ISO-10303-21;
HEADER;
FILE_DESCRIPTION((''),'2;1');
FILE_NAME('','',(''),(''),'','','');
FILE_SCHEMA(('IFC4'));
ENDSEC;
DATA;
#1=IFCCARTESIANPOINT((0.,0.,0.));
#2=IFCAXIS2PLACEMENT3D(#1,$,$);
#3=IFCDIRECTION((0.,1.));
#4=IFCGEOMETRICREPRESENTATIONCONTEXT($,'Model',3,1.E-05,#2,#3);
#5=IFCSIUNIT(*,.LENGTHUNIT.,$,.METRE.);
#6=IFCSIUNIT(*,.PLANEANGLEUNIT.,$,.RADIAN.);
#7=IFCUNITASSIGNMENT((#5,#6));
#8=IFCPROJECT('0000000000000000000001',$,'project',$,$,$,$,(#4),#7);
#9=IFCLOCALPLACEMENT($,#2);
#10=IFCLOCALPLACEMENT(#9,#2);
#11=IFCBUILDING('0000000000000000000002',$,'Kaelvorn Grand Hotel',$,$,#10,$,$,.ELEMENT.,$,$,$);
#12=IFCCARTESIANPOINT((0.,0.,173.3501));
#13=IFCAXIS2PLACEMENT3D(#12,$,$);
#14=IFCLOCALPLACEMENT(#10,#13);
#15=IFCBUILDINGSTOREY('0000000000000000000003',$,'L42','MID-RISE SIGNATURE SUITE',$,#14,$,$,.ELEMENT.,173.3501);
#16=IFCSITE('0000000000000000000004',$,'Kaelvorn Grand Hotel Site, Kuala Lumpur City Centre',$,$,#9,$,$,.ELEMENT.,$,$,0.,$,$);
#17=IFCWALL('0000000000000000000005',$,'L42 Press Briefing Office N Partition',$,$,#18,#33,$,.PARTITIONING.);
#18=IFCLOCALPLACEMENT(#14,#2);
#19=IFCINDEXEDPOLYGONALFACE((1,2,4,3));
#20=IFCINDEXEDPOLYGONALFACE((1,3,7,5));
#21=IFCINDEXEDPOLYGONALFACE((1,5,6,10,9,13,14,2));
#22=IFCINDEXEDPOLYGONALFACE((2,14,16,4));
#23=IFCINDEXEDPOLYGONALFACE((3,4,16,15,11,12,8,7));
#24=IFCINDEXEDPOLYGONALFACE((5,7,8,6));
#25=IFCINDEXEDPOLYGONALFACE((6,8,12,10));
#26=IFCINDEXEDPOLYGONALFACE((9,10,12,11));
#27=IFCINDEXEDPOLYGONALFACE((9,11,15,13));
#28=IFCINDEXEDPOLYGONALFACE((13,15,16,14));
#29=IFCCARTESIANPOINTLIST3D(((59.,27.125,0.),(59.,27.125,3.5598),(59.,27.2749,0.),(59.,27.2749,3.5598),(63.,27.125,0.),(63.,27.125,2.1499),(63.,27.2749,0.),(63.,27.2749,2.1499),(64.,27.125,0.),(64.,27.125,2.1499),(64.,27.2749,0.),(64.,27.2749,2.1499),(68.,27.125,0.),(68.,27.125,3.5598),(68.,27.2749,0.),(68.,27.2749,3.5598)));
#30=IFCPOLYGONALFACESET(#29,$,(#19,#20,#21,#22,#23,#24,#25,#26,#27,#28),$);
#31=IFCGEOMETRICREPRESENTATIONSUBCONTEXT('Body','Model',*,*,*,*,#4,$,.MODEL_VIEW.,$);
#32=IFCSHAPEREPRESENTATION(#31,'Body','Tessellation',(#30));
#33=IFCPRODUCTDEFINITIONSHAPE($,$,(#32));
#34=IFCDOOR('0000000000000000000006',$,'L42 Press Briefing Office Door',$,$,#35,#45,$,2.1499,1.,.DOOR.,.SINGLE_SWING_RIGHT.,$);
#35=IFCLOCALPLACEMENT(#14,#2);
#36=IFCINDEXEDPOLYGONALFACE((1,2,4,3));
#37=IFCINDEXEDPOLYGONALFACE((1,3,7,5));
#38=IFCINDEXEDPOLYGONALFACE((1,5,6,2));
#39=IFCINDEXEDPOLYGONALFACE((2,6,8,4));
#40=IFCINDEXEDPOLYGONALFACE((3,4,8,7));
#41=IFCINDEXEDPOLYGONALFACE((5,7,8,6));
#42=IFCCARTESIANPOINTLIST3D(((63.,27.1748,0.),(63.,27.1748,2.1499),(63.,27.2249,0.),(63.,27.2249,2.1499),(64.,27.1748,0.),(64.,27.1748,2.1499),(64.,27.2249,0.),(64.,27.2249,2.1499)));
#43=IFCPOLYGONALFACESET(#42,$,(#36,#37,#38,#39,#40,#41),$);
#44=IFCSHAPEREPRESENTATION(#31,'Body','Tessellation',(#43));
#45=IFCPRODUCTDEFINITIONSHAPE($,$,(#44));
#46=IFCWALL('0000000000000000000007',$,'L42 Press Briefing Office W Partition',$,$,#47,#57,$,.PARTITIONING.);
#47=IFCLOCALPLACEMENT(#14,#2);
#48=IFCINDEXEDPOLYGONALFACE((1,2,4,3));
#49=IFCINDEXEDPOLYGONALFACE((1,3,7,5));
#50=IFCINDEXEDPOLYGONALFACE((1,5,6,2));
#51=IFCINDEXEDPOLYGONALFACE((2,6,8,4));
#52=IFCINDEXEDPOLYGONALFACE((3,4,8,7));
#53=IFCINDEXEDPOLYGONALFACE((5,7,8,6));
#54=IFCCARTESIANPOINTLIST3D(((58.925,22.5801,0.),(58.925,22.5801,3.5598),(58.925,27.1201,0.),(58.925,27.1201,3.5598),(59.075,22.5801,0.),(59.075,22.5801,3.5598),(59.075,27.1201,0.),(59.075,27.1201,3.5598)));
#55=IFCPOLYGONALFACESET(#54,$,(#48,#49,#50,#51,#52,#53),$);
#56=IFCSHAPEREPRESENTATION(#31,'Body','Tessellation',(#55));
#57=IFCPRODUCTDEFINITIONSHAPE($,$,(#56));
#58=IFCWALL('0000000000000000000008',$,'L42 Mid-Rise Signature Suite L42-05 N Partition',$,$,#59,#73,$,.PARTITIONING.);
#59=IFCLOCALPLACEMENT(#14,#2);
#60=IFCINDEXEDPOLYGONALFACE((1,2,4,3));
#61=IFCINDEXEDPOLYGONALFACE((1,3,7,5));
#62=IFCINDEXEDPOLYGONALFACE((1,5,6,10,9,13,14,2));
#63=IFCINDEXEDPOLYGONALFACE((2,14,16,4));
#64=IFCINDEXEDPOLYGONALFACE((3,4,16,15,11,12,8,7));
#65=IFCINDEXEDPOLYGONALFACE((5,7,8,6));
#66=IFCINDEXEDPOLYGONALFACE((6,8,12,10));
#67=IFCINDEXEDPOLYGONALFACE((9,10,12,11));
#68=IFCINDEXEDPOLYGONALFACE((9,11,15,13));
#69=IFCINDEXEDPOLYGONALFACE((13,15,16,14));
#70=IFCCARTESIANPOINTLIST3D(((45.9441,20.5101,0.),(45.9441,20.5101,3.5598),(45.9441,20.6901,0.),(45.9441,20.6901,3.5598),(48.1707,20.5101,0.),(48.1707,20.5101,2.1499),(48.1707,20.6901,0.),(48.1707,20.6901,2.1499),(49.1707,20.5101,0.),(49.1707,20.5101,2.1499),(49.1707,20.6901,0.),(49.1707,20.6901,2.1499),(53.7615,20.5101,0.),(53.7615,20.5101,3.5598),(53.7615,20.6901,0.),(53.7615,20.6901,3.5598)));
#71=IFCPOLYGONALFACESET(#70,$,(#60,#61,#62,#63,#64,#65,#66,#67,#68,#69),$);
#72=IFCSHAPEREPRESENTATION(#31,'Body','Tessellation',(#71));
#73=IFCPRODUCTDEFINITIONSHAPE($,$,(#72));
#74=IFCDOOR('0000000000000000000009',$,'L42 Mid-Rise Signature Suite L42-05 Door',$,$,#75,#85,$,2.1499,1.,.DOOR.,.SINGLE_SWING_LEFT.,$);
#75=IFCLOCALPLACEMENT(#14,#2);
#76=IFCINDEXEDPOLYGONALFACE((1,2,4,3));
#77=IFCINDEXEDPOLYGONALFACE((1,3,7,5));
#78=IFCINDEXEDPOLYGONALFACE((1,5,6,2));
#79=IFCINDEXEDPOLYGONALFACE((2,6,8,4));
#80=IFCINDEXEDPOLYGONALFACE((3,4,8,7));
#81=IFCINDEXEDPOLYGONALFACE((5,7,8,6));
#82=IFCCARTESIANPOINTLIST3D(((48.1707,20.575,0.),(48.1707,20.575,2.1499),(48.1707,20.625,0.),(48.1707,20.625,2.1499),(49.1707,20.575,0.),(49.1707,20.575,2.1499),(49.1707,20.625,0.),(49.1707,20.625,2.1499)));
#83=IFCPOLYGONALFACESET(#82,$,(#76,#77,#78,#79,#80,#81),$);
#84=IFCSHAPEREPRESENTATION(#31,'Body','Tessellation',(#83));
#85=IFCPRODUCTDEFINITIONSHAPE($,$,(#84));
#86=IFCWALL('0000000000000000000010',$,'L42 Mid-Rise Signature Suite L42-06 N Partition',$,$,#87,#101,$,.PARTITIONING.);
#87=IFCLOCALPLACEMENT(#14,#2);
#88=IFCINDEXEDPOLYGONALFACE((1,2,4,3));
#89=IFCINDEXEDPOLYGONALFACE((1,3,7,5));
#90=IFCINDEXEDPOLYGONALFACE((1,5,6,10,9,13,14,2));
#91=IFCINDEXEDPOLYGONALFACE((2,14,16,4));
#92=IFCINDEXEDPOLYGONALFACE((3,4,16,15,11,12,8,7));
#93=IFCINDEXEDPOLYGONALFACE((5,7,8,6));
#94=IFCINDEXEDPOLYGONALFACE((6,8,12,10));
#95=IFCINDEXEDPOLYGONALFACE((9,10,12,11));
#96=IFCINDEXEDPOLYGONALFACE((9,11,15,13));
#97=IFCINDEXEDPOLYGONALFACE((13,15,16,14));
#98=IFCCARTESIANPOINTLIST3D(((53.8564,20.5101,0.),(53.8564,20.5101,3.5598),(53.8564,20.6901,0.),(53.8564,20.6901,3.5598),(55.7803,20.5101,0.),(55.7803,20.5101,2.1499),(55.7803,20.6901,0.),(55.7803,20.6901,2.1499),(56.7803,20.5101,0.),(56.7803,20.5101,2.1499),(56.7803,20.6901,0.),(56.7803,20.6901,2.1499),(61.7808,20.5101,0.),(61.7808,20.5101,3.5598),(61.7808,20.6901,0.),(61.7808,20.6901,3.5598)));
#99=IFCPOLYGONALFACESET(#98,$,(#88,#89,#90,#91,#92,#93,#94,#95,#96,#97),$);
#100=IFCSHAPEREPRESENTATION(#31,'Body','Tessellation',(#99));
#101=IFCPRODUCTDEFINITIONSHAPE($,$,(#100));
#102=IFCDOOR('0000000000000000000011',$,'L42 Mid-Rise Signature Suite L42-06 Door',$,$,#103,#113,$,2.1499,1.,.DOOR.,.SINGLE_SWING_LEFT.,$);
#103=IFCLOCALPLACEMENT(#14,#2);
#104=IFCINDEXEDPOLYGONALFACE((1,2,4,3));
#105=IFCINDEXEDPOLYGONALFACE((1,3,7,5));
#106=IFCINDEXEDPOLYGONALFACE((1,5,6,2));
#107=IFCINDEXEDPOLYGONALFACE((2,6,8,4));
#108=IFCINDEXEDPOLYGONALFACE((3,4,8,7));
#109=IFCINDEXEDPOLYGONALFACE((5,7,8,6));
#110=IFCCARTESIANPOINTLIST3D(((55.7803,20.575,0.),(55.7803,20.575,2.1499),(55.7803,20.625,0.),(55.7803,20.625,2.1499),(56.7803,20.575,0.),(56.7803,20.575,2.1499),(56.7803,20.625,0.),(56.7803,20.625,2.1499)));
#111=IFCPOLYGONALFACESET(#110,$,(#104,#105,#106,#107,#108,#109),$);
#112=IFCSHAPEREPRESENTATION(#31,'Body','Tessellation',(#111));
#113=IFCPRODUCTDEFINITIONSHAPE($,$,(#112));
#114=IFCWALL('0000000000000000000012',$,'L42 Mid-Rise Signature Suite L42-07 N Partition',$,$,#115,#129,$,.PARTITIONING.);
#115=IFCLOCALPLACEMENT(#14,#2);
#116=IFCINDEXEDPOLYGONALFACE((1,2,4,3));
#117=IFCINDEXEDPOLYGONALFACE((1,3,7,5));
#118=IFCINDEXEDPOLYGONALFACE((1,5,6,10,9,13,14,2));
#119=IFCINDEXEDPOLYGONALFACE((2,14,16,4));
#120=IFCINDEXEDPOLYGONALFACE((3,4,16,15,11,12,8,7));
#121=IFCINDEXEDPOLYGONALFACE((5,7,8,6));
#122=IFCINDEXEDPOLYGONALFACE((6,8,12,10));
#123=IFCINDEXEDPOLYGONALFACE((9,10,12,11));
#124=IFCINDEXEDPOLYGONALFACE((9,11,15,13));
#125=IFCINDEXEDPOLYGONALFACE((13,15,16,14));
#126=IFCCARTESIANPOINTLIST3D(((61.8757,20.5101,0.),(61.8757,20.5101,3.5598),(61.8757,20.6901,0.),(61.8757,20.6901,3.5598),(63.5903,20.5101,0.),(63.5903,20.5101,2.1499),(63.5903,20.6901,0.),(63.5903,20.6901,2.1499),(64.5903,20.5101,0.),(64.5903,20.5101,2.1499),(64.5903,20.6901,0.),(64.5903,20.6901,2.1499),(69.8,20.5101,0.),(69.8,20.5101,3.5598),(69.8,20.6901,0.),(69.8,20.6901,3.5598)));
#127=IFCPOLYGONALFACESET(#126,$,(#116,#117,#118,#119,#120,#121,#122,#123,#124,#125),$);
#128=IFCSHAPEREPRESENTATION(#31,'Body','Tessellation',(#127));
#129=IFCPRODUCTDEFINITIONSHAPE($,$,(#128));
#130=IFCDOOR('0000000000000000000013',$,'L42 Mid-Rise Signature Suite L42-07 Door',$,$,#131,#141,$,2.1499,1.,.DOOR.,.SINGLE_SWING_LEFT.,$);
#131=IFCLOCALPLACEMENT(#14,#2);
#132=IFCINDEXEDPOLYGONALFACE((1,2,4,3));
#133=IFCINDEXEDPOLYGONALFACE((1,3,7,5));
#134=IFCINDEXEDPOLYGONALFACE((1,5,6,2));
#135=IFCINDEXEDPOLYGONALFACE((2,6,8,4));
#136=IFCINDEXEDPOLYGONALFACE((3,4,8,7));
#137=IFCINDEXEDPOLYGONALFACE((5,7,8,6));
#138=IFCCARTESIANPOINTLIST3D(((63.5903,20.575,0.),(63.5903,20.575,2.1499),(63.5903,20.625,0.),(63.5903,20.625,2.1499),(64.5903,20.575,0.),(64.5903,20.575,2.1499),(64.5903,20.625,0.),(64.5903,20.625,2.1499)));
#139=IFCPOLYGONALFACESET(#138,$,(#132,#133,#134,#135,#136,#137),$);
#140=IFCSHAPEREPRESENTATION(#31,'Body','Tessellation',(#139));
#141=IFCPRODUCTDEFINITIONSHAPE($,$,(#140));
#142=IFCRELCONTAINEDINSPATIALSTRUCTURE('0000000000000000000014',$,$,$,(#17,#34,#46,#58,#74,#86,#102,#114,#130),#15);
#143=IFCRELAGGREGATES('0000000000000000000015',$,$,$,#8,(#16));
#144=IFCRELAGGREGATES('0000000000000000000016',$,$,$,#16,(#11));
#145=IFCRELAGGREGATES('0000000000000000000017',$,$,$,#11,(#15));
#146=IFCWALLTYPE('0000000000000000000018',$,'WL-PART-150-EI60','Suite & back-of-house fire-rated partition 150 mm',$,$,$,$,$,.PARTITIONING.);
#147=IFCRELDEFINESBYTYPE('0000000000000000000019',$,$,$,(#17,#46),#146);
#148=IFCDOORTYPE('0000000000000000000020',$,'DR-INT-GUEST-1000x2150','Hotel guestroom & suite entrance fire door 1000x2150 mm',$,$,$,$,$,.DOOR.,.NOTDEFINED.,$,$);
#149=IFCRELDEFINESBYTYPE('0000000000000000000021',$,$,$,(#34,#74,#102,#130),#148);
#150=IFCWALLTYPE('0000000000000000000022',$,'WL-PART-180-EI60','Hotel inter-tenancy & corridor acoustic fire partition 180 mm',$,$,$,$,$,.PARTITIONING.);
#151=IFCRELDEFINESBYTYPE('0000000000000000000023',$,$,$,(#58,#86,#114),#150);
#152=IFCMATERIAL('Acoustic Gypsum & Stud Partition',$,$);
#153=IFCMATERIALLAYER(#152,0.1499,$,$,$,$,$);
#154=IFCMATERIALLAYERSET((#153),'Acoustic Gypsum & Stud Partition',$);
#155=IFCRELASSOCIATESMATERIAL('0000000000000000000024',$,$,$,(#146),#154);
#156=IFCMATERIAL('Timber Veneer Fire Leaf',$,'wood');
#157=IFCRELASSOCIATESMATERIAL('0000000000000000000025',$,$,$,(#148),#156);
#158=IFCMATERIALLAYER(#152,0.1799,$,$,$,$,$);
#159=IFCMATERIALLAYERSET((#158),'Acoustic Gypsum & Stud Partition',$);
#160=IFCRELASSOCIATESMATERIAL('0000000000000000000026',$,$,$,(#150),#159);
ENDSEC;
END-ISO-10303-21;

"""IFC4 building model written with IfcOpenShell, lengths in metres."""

from ifc_helpers import new_model, si_unit, direction, frame, frame_2d, origin, place, context, subcontext, project, spatial, rectangle, extrude, material, layer, layer_set, type_object, element, fill, save


model = new_model("IFC4")

# Units and contexts
model_context = context("Model", 3, precision=1e-05, world=origin(), true_north=direction((0.0, 1.0)))
body_context = subcontext(model_context, "Body", "Model", "MODEL_VIEW")
ifc_project = project(units=[si_unit("LENGTHUNIT", "METRE"), si_unit("PLANEANGLEUNIT", "RADIAN")], contexts=[model_context])

# Site, building, storey
site_placement = place(None, origin())
site = spatial("IfcSite", under=ifc_project, at=site_placement, Name="Kaelvorn Grand Hotel Site, Kuala Lumpur City Centre", CompositionType="ELEMENT", RefElevation=0.0)
building_placement = place(site_placement, origin())
building = spatial("IfcBuilding", under=site, at=building_placement, Name="Kaelvorn Grand Hotel", CompositionType="ELEMENT")
storey_placement = place(building_placement, frame((0.0, 0.0, 173.3501)))
storey = spatial("IfcBuildingStorey", under=building, at=storey_placement, Name="L42", Description="MID-RISE SIGNATURE SUITE", CompositionType="ELEMENT", Elevation=173.3501)

# Shared definitions
ifc_material_1 = material(Name="Acoustic Gypsum & Stud Partition")
ifc_layer_1 = layer(ifc_material_1, 0.1499)
ifc_layer_set_1 = layer_set([ifc_layer_1], Name="Acoustic Gypsum & Stud Partition")
wall_type_1 = type_object("IfcWallType", Name="WL-PART-150-EI60", Description="Suite & back-of-house fire-rated partition 150 mm", PredefinedType="PARTITIONING", material=ifc_layer_set_1)

# Wall, opening, door
wall_1_placement = place(storey_placement, frame((59.0, 27.2, 0.0), z_axis=(0.0, 0.0, 1.0), x_axis=(1.0, 0.0, 0.0)))
wall_1 = element("IfcWall", 1, at=wall_1_placement, inside=storey, type_object=wall_type_1, Name="L42 Press Briefing Office N Partition", PredefinedType="PARTITIONING", context=body_context, shape_type="SweptSolid", body=[
    extrude(rectangle(XDim=9.0, YDim=0.1499, at=frame_2d((4.5, 0.0))), origin(), (0.0, 0.0, 1.0), 3.5598),
])
opening_1_placement = place(wall_1_placement, frame((4.0, 0.0, 0.0)))
opening_1 = element("IfcOpeningElement", 2, at=opening_1_placement, cuts=wall_1, PredefinedType="OPENING", context=body_context, shape_type="SweptSolid", body=[
    extrude(rectangle(XDim=1.0, YDim=2.1499, at=frame_2d((0.5, 1.075))), frame((0.0, 0.085, 0.0), z_axis=(0.0, -1.0, 0.0), x_axis=(1.0, 0.0, 0.0)), (0.0, 0.0, 1.0), 0.1699),
])
ifc_material_2 = material(Name="Timber Veneer Fire Leaf", Category="wood")
door_type_1 = type_object("IfcDoorType", Name="DR-INT-GUEST-1000x2150", Description="Hotel guestroom & suite entrance fire door 1000x2150 mm", OperationType="NOTDEFINED", PredefinedType="DOOR", material=ifc_material_2)
door_1_placement = place(opening_1_placement, origin())
door_1 = element("IfcDoor", 3, at=door_1_placement, inside=storey, type_object=door_type_1, Name="L42 Press Briefing Office Door", OperationType="SINGLE_SWING_RIGHT", OverallHeight=2.1499, OverallWidth=1.0, PredefinedType="DOOR", context=body_context, shape_type="SweptSolid", body=[
    extrude(rectangle(XDim=1.0, YDim=2.1499, at=frame_2d((0.5, 1.075))), frame((0.0, 0.0249, 0.0), z_axis=(0.0, -1.0, 0.0), x_axis=(1.0, 0.0, 0.0)), (0.0, 0.0, 1.0), 0.05),
])
fill(opening_1, door_1)

# Wall
wall_2_placement = place(storey_placement, frame((59.0, 22.5801, 0.0), z_axis=(0.0, 0.0, 1.0), x_axis=(0.0, 1.0, 0.0)))
element("IfcWall", 4, at=wall_2_placement, inside=storey, type_object=wall_type_1, Name="L42 Press Briefing Office W Partition", PredefinedType="PARTITIONING", context=body_context, shape_type="SweptSolid", body=[
    extrude(rectangle(XDim=4.54, YDim=0.1499, at=frame_2d((2.27, 0.0))), origin(), (0.0, 0.0, 1.0), 3.5598),
])

# Walls, openings, doors
ifc_layer_2 = layer(ifc_material_1, 0.1799)
ifc_layer_set_2 = layer_set([ifc_layer_2], Name="Acoustic Gypsum & Stud Partition")
wall_type_2 = type_object("IfcWallType", Name="WL-PART-180-EI60", Description="Hotel inter-tenancy & corridor acoustic fire partition 180 mm", PredefinedType="PARTITIONING", material=ifc_layer_set_2)
wall_3_placement = place(storey_placement, frame((45.9441, 20.6001, 0.0), z_axis=(0.0, 0.0, 1.0), x_axis=(1.0, 0.0, 0.0)))
wall_3 = element("IfcWall", 5, at=wall_3_placement, inside=storey, type_object=wall_type_2, Name="L42 Mid-Rise Signature Suite L42-05 N Partition", PredefinedType="PARTITIONING", context=body_context, shape_type="SweptSolid", body=[
    extrude(rectangle(XDim=7.8174, YDim=0.1799, at=frame_2d((3.9087, 0.0))), origin(), (0.0, 0.0, 1.0), 3.5598),
])
opening_2_placement = place(wall_3_placement, frame((2.2266, 0.0, 0.0)))
opening_2 = element("IfcOpeningElement", 6, at=opening_2_placement, cuts=wall_3, PredefinedType="OPENING", context=body_context, shape_type="SweptSolid", body=[
    extrude(rectangle(XDim=1.0, YDim=2.1499, at=frame_2d((0.5, 1.075))), frame((0.0, 0.1001, 0.0), z_axis=(0.0, -1.0, 0.0), x_axis=(1.0, 0.0, 0.0)), (0.0, 0.0, 1.0), 0.2),
])
door_2_placement = place(opening_2_placement, origin())
door_2 = element("IfcDoor", 7, at=door_2_placement, inside=storey, type_object=door_type_1, Name="L42 Mid-Rise Signature Suite L42-05 Door", OperationType="SINGLE_SWING_LEFT", OverallHeight=2.1499, OverallWidth=1.0, PredefinedType="DOOR", context=body_context, shape_type="SweptSolid", body=[
    extrude(rectangle(XDim=1.0, YDim=2.1499, at=frame_2d((0.5, 1.075))), frame((0.0, 0.0249, 0.0), z_axis=(0.0, -1.0, 0.0), x_axis=(1.0, 0.0, 0.0)), (0.0, 0.0, 1.0), 0.05),
])
fill(opening_2, door_2)
wall_4_placement = place(storey_placement, frame((53.8564, 20.6001, 0.0), z_axis=(0.0, 0.0, 1.0), x_axis=(1.0, 0.0, 0.0)))
wall_4 = element("IfcWall", 8, at=wall_4_placement, inside=storey, type_object=wall_type_2, Name="L42 Mid-Rise Signature Suite L42-06 N Partition", PredefinedType="PARTITIONING", context=body_context, shape_type="SweptSolid", body=[
    extrude(rectangle(XDim=7.9243, YDim=0.1799, at=frame_2d((3.9622, 0.0))), origin(), (0.0, 0.0, 1.0), 3.5598),
])
opening_3_placement = place(wall_4_placement, frame((1.9238, 0.0, 0.0)))
opening_3 = element("IfcOpeningElement", 9, at=opening_3_placement, cuts=wall_4, PredefinedType="OPENING", context=body_context, shape_type="SweptSolid", body=[
    extrude(rectangle(XDim=1.0, YDim=2.1499, at=frame_2d((0.5, 1.075))), frame((0.0, 0.1001, 0.0), z_axis=(0.0, -1.0, 0.0), x_axis=(1.0, 0.0, 0.0)), (0.0, 0.0, 1.0), 0.2),
])
door_3_placement = place(opening_3_placement, origin())
door_3 = element("IfcDoor", 10, at=door_3_placement, inside=storey, type_object=door_type_1, Name="L42 Mid-Rise Signature Suite L42-06 Door", OperationType="SINGLE_SWING_LEFT", OverallHeight=2.1499, OverallWidth=1.0, PredefinedType="DOOR", context=body_context, shape_type="SweptSolid", body=[
    extrude(rectangle(XDim=1.0, YDim=2.1499, at=frame_2d((0.5, 1.075))), frame((0.0, 0.0249, 0.0), z_axis=(0.0, -1.0, 0.0), x_axis=(1.0, 0.0, 0.0)), (0.0, 0.0, 1.0), 0.05),
])
fill(opening_3, door_3)
wall_5_placement = place(storey_placement, frame((61.8757, 20.6001, 0.0), z_axis=(0.0, 0.0, 1.0), x_axis=(1.0, 0.0, 0.0)))
wall_5 = element("IfcWall", 11, at=wall_5_placement, inside=storey, type_object=wall_type_2, Name="L42 Mid-Rise Signature Suite L42-07 N Partition", PredefinedType="PARTITIONING", context=body_context, shape_type="SweptSolid", body=[
    extrude(rectangle(XDim=7.9243, YDim=0.1799, at=frame_2d((3.9622, 0.0))), origin(), (0.0, 0.0, 1.0), 3.5598),
])
opening_4_placement = place(wall_5_placement, frame((1.7146, 0.0, 0.0)))
opening_4 = element("IfcOpeningElement", 12, at=opening_4_placement, cuts=wall_5, PredefinedType="OPENING", context=body_context, shape_type="SweptSolid", body=[
    extrude(rectangle(XDim=1.0, YDim=2.1499, at=frame_2d((0.5, 1.075))), frame((0.0, 0.1001, 0.0), z_axis=(0.0, -1.0, 0.0), x_axis=(1.0, 0.0, 0.0)), (0.0, 0.0, 1.0), 0.2),
])
door_4_placement = place(opening_4_placement, origin())
door_4 = element("IfcDoor", 13, at=door_4_placement, inside=storey, type_object=door_type_1, Name="L42 Mid-Rise Signature Suite L42-07 Door", OperationType="SINGLE_SWING_LEFT", OverallHeight=2.1499, OverallWidth=1.0, PredefinedType="DOOR", context=body_context, shape_type="SweptSolid", body=[
    extrude(rectangle(XDim=1.0, YDim=2.1499, at=frame_2d((0.5, 1.075))), frame((0.0, 0.0249, 0.0), z_axis=(0.0, -1.0, 0.0), x_axis=(1.0, 0.0, 0.0)), (0.0, 0.0, 1.0), 0.05),
])
fill(opening_4, door_4)

save(model, "model.ifc")
